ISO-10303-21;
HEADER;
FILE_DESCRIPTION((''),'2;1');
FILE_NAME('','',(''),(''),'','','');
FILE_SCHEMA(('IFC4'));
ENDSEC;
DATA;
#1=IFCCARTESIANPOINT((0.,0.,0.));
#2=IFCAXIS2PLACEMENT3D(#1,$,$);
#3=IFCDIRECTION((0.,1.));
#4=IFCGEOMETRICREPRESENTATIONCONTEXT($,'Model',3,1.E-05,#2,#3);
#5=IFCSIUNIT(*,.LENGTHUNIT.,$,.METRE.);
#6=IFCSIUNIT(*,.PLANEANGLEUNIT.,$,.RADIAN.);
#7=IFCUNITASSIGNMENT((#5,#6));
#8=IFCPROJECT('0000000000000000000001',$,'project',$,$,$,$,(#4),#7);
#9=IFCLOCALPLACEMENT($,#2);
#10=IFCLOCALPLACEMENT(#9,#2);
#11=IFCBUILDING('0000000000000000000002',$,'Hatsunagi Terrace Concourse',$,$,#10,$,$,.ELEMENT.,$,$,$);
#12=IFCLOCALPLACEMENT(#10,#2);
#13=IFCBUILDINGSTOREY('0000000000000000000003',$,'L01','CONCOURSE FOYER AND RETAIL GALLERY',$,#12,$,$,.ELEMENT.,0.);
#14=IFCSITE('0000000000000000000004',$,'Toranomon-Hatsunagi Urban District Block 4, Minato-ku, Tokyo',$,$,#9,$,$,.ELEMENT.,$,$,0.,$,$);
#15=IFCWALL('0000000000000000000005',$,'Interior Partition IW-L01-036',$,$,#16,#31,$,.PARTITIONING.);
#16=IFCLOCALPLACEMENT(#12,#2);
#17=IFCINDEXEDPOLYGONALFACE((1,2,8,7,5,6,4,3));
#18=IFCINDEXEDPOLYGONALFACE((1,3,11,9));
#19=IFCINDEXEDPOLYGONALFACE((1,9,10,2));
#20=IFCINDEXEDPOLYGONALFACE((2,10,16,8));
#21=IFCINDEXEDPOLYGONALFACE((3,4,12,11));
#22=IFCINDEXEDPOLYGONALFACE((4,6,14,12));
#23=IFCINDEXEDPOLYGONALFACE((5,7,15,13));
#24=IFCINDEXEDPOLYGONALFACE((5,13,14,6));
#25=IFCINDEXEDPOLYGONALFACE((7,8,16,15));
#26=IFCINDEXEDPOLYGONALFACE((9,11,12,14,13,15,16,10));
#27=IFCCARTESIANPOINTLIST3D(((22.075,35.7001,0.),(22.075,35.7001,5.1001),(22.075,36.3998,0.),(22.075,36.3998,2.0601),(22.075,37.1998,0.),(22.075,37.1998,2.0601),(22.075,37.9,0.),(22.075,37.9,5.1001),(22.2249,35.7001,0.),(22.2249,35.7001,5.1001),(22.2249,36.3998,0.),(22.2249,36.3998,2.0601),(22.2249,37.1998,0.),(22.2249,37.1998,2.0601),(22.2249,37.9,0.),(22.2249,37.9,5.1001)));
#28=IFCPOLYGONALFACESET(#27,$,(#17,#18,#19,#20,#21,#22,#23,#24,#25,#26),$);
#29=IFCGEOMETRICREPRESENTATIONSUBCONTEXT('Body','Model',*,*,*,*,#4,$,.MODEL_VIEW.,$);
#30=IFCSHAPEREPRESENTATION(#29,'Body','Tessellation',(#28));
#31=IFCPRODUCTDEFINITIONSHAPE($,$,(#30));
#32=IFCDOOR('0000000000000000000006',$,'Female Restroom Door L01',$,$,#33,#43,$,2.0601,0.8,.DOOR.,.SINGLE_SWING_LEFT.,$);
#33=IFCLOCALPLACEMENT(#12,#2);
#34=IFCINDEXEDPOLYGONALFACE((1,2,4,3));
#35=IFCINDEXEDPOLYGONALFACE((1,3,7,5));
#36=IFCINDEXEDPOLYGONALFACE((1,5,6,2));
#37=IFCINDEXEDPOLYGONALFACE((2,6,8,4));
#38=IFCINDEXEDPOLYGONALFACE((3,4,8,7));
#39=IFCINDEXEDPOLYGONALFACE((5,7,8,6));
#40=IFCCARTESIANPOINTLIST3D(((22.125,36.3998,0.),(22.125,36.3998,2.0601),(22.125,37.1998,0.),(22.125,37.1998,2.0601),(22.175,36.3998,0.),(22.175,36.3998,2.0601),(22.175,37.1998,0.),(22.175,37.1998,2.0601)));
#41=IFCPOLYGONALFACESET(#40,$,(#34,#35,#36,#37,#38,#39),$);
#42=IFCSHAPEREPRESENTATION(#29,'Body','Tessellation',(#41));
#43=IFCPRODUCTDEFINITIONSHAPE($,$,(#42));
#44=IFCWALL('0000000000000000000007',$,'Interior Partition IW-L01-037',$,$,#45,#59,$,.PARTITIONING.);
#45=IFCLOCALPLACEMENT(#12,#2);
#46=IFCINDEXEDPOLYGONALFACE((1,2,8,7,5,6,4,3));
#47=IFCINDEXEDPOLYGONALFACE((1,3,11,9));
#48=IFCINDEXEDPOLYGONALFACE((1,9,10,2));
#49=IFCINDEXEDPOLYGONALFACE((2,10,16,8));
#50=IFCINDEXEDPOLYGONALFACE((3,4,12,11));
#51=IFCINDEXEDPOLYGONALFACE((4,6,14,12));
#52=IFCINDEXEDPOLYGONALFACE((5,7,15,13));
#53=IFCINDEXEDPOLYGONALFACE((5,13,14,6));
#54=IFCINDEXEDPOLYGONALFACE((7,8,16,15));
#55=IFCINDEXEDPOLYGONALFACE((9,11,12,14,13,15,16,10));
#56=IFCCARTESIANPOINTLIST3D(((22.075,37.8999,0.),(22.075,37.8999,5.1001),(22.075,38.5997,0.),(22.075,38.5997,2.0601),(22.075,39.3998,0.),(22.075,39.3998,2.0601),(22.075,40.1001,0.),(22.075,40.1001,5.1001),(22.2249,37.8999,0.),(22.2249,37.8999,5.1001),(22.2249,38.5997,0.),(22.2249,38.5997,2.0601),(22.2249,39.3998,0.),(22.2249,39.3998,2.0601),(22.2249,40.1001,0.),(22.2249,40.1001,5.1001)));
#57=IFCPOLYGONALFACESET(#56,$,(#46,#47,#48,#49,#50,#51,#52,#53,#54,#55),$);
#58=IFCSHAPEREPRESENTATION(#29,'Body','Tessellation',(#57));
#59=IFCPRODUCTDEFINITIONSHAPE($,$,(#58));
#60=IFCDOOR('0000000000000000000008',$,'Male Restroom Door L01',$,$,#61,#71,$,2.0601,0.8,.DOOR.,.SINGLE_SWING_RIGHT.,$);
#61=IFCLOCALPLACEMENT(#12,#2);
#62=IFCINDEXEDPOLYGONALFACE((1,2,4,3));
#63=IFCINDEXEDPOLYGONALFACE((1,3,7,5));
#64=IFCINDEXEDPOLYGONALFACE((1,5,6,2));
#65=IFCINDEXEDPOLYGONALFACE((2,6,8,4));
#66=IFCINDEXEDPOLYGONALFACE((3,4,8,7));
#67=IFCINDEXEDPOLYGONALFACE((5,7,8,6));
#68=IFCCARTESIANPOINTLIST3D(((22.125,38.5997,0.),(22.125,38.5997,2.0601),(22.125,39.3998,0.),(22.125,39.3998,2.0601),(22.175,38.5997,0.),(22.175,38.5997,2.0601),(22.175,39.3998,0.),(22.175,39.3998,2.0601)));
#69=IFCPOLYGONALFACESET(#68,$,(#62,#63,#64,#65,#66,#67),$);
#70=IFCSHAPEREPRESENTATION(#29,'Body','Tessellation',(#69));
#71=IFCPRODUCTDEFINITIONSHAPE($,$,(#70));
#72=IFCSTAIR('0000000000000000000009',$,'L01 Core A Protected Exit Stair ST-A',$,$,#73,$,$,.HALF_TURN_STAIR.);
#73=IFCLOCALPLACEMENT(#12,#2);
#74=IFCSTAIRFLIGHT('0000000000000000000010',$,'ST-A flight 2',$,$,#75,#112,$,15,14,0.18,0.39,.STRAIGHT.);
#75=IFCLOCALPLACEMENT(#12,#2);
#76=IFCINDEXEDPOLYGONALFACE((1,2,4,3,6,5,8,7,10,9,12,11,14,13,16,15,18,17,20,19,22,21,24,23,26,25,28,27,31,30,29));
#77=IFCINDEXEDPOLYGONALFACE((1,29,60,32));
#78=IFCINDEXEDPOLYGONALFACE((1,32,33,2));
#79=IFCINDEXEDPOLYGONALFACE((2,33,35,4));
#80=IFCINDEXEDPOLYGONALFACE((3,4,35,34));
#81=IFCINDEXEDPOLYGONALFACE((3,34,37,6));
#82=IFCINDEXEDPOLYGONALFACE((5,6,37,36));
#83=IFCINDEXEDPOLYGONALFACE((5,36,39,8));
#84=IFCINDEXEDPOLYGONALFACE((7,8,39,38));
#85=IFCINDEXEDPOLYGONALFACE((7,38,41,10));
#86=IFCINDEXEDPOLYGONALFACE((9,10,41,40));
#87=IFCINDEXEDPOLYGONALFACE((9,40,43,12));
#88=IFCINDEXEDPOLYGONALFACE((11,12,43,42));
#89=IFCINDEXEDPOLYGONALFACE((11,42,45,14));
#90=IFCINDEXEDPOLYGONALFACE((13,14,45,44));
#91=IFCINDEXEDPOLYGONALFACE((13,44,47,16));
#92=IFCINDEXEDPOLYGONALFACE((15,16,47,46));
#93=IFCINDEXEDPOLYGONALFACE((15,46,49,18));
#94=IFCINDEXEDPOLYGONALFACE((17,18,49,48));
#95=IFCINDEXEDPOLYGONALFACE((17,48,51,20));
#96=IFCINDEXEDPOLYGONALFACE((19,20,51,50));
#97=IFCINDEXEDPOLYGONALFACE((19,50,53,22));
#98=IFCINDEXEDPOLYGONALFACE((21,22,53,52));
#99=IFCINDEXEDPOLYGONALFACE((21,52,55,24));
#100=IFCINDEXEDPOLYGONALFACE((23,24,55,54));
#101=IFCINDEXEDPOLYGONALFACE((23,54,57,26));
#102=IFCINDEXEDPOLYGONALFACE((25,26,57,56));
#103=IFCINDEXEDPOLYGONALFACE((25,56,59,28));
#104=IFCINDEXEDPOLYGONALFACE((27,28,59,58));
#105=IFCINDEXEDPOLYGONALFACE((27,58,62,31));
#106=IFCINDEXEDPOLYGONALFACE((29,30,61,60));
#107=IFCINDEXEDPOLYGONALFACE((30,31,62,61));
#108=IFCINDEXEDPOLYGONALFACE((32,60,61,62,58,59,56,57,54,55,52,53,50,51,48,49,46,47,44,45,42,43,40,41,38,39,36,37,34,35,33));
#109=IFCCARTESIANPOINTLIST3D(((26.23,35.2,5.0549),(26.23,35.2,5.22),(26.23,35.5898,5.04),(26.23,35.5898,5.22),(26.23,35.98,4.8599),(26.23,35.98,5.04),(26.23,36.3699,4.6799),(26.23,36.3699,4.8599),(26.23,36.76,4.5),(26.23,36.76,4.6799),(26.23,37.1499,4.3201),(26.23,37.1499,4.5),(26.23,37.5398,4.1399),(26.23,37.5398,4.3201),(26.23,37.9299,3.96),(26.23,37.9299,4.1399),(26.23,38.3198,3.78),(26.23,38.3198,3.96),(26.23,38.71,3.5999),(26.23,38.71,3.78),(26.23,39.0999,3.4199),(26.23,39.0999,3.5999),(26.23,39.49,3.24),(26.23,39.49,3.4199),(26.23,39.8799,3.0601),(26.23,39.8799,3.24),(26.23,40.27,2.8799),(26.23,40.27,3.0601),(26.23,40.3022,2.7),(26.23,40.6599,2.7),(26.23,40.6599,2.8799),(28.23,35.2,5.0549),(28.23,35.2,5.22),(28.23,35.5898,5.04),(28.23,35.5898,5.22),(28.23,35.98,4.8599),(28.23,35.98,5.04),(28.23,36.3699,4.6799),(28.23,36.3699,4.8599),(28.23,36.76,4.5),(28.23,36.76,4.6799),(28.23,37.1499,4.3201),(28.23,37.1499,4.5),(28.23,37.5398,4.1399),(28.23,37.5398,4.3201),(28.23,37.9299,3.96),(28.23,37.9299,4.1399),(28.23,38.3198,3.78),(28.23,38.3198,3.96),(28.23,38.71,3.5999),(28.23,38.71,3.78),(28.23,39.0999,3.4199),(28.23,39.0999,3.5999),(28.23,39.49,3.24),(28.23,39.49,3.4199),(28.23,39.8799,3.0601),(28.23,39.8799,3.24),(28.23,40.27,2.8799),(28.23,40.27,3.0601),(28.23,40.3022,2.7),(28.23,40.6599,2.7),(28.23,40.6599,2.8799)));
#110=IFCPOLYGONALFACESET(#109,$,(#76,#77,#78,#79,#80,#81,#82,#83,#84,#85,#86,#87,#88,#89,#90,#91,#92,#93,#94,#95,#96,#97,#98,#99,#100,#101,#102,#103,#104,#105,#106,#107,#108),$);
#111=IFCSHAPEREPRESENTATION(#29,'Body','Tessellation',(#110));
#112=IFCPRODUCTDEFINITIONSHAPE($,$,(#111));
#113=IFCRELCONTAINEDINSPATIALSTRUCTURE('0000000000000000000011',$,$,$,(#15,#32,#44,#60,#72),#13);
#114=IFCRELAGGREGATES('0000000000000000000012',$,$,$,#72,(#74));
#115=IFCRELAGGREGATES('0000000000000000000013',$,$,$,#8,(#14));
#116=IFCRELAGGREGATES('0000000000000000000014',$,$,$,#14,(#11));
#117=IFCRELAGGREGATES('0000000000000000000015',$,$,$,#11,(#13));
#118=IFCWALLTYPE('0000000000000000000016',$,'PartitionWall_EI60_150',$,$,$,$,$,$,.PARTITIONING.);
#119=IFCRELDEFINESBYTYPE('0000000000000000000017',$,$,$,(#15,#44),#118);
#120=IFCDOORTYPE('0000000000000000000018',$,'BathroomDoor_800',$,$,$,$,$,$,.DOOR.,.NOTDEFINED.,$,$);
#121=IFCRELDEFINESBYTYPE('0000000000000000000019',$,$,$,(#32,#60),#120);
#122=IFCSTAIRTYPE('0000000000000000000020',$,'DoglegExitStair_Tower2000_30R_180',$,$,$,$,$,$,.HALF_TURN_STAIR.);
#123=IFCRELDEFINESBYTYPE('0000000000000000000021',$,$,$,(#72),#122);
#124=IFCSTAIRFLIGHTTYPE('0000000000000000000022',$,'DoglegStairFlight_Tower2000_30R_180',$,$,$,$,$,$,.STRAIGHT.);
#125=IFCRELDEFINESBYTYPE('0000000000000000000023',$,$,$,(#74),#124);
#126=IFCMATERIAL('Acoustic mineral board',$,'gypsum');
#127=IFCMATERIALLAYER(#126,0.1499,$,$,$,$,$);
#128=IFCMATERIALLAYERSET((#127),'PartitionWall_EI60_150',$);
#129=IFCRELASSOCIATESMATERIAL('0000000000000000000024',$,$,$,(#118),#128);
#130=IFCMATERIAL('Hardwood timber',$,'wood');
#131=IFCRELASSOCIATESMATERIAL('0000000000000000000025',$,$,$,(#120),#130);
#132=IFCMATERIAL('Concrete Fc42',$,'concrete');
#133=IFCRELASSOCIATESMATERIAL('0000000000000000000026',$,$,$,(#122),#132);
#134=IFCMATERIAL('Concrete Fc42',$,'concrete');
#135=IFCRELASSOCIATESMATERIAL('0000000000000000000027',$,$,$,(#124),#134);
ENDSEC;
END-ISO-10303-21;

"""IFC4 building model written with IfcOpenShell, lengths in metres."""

from ifc_helpers import new_model, si_unit, direction, frame, frame_2d, origin, place, context, subcontext, project, spatial, polyline, rectangle, outline, extrude, material, layer, layer_set, type_object, element, fill, aggregate, save


model = new_model("IFC4")

# Units and contexts
model_context = context("Model", 3, precision=1e-05, world=origin(), true_north=direction((0.0, 1.0)))
body_context = subcontext(model_context, "Body", "Model", "MODEL_VIEW")
ifc_project = project(units=[si_unit("LENGTHUNIT", "METRE"), si_unit("PLANEANGLEUNIT", "RADIAN")], contexts=[model_context])

# Site, building, storey
site_placement = place(None, origin())
site = spatial("IfcSite", under=ifc_project, at=site_placement, Name="Toranomon-Hatsunagi Urban District Block 4, Minato-ku, Tokyo", CompositionType="ELEMENT", RefElevation=0.0)
building_placement = place(site_placement, origin())
building = spatial("IfcBuilding", under=site, at=building_placement, Name="Hatsunagi Terrace Concourse", CompositionType="ELEMENT")
storey_placement = place(building_placement, origin())
storey = spatial("IfcBuildingStorey", under=building, at=storey_placement, Name="L01", Description="CONCOURSE FOYER AND RETAIL GALLERY", CompositionType="ELEMENT", Elevation=0.0)

# Shared definitions
ifc_material_1 = material(Name="Acoustic mineral board", Category="gypsum")
ifc_layer_1 = layer(ifc_material_1, 0.1499)
ifc_layer_set_1 = layer_set([ifc_layer_1], Name="PartitionWall_EI60_150")
wall_type_1 = type_object("IfcWallType", Name="PartitionWall_EI60_150", PredefinedType="PARTITIONING", material=ifc_layer_set_1)

# Walls, openings, doors
wall_1_placement = place(storey_placement, frame((22.1499, 35.7, 0.0), z_axis=(0.0, 0.0, 1.0), x_axis=(0.0, 1.0, 0.0)))
wall_1 = element("IfcWall", 1, at=wall_1_placement, inside=storey, type_object=wall_type_1, Name="Interior Partition IW-L01-036", PredefinedType="PARTITIONING", context=body_context, shape_type="SweptSolid", body=[
    extrude(rectangle(XDim=2.2, YDim=0.1499, at=frame_2d((1.1001, 0.0))), origin(), (0.0, 0.0, 1.0), 5.1001),
])
opening_1_placement = place(wall_1_placement, frame((0.7, 0.0, 0.0)))
opening_1 = element("IfcOpeningElement", 2, at=opening_1_placement, cuts=wall_1, PredefinedType="OPENING", context=body_context, shape_type="SweptSolid", body=[
    extrude(rectangle(XDim=0.8, YDim=2.0601, at=frame_2d((0.3999, 1.03))), frame((0.0, 0.085, 0.0), z_axis=(0.0, -1.0, 0.0), x_axis=(1.0, 0.0, 0.0)), (0.0, 0.0, 1.0), 0.1699),
])
ifc_material_2 = material(Name="Hardwood timber", Category="wood")
door_type = type_object("IfcDoorType", Name="BathroomDoor_800", OperationType="NOTDEFINED", PredefinedType="DOOR", material=ifc_material_2)
door_1_placement = place(opening_1_placement, origin())
door_1 = element("IfcDoor", 3, at=door_1_placement, inside=storey, type_object=door_type, Name="Female Restroom Door L01", OperationType="SINGLE_SWING_LEFT", OverallHeight=2.0601, OverallWidth=0.8, PredefinedType="DOOR", context=body_context, shape_type="SweptSolid", body=[
    extrude(rectangle(XDim=0.8, YDim=2.0601, at=frame_2d((0.3999, 1.03))), frame((0.0, 0.0249, 0.0), z_axis=(0.0, -1.0, 0.0), x_axis=(1.0, 0.0, 0.0)), (0.0, 0.0, 1.0), 0.05),
])
fill(opening_1, door_1)
wall_2_placement = place(storey_placement, frame((22.1499, 37.8999, 0.0), z_axis=(0.0, 0.0, 1.0), x_axis=(0.0, 1.0, 0.0)))
wall_2 = element("IfcWall", 4, at=wall_2_placement, inside=storey, type_object=wall_type_1, Name="Interior Partition IW-L01-037", PredefinedType="PARTITIONING", context=body_context, shape_type="SweptSolid", body=[
    extrude(rectangle(XDim=2.2002, YDim=0.1499, at=frame_2d((1.1001, 0.0))), origin(), (0.0, 0.0, 1.0), 5.1001),
])
opening_2_placement = place(wall_2_placement, frame((0.7, 0.0, 0.0)))
opening_2 = element("IfcOpeningElement", 5, at=opening_2_placement, cuts=wall_2, PredefinedType="OPENING", context=body_context, shape_type="SweptSolid", body=[
    extrude(rectangle(XDim=0.8, YDim=2.0601, at=frame_2d((0.3999, 1.03))), frame((0.0, 0.085, 0.0), z_axis=(0.0, -1.0, 0.0), x_axis=(1.0, 0.0, 0.0)), (0.0, 0.0, 1.0), 0.1699),
])
door_2_placement = place(opening_2_placement, origin())
door_2 = element("IfcDoor", 6, at=door_2_placement, inside=storey, type_object=door_type, Name="Male Restroom Door L01", OperationType="SINGLE_SWING_RIGHT", OverallHeight=2.0601, OverallWidth=0.8, PredefinedType="DOOR", context=body_context, shape_type="SweptSolid", body=[
    extrude(rectangle(XDim=0.8, YDim=2.0601, at=frame_2d((0.3999, 1.03))), frame((0.0, 0.0249, 0.0), z_axis=(0.0, -1.0, 0.0), x_axis=(1.0, 0.0, 0.0)), (0.0, 0.0, 1.0), 0.05),
])
fill(opening_2, door_2)

# Stair, stair flight
ifc_material_3 = material(Name="Concrete Fc42", Category="concrete")
stair_type = type_object("IfcStairType", Name="DoglegExitStair_Tower2000_30R_180", PredefinedType="HALF_TURN_STAIR", material=ifc_material_3)
stair_placement = place(storey_placement, origin())
stair = element("IfcStair", 7, at=stair_placement, inside=storey, type_object=stair_type, Name="L01 Core A Protected Exit Stair ST-A", PredefinedType="HALF_TURN_STAIR")
ifc_material_4 = material(Name="Concrete Fc42", Category="concrete")
stair_flight_type = type_object("IfcStairFlightType", Name="DoglegStairFlight_Tower2000_30R_180", PredefinedType="STRAIGHT", material=ifc_material_4)
stair_flight_placement = place(storey_placement, frame((27.23, 40.6599, 2.7), z_axis=(0.0, 0.0, 1.0), x_axis=(0.0, -1.0, 0.0)))
stair_flight = element("IfcStairFlight", 8, at=stair_flight_placement, type_object=stair_flight_type, Name="ST-A flight 2", NumberOfRisers=15, NumberOfTreads=14, PredefinedType="STRAIGHT", RiserHeight=0.18, TreadLength=0.39, context=body_context, shape_type="SweptSolid", body=[
    extrude(outline(polyline([(0.0, 0.0), (0.0, 0.1799), (0.3899, 0.1799), (0.3899, 0.3601), (0.78, 0.3601), (0.78, 0.54), (1.1699, 0.54), (1.1699, 0.72), (1.5601, 0.72), (1.5601, 0.8999), (1.95, 0.8999), (1.95, 1.0801), (2.3401, 1.0801), (2.3401, 1.26), (2.73, 1.26), (2.73, 1.4399), (3.1201, 1.4399), (3.1201, 1.6201), (3.51, 1.6201), (3.51, 1.8), (3.8999, 1.8), (3.8999, 1.98), (4.29, 1.98), (4.29, 2.1599), (4.6799, 2.1599), (4.6799, 2.3401), (5.0701, 2.3401), (5.0701, 2.52), (5.46, 2.52), (5.46, 2.7), (5.46, 2.355), (0.3577, 0.0), (0.0, 0.0)])), frame((0.0, 1.0, 0.0), z_axis=(0.0, -1.0, 0.0), x_axis=(1.0, 0.0, 0.0)), (0.0, 0.0, 1.0), 2.0),
])
aggregate(stair, [stair_flight])

save(model, "model.ifc")
